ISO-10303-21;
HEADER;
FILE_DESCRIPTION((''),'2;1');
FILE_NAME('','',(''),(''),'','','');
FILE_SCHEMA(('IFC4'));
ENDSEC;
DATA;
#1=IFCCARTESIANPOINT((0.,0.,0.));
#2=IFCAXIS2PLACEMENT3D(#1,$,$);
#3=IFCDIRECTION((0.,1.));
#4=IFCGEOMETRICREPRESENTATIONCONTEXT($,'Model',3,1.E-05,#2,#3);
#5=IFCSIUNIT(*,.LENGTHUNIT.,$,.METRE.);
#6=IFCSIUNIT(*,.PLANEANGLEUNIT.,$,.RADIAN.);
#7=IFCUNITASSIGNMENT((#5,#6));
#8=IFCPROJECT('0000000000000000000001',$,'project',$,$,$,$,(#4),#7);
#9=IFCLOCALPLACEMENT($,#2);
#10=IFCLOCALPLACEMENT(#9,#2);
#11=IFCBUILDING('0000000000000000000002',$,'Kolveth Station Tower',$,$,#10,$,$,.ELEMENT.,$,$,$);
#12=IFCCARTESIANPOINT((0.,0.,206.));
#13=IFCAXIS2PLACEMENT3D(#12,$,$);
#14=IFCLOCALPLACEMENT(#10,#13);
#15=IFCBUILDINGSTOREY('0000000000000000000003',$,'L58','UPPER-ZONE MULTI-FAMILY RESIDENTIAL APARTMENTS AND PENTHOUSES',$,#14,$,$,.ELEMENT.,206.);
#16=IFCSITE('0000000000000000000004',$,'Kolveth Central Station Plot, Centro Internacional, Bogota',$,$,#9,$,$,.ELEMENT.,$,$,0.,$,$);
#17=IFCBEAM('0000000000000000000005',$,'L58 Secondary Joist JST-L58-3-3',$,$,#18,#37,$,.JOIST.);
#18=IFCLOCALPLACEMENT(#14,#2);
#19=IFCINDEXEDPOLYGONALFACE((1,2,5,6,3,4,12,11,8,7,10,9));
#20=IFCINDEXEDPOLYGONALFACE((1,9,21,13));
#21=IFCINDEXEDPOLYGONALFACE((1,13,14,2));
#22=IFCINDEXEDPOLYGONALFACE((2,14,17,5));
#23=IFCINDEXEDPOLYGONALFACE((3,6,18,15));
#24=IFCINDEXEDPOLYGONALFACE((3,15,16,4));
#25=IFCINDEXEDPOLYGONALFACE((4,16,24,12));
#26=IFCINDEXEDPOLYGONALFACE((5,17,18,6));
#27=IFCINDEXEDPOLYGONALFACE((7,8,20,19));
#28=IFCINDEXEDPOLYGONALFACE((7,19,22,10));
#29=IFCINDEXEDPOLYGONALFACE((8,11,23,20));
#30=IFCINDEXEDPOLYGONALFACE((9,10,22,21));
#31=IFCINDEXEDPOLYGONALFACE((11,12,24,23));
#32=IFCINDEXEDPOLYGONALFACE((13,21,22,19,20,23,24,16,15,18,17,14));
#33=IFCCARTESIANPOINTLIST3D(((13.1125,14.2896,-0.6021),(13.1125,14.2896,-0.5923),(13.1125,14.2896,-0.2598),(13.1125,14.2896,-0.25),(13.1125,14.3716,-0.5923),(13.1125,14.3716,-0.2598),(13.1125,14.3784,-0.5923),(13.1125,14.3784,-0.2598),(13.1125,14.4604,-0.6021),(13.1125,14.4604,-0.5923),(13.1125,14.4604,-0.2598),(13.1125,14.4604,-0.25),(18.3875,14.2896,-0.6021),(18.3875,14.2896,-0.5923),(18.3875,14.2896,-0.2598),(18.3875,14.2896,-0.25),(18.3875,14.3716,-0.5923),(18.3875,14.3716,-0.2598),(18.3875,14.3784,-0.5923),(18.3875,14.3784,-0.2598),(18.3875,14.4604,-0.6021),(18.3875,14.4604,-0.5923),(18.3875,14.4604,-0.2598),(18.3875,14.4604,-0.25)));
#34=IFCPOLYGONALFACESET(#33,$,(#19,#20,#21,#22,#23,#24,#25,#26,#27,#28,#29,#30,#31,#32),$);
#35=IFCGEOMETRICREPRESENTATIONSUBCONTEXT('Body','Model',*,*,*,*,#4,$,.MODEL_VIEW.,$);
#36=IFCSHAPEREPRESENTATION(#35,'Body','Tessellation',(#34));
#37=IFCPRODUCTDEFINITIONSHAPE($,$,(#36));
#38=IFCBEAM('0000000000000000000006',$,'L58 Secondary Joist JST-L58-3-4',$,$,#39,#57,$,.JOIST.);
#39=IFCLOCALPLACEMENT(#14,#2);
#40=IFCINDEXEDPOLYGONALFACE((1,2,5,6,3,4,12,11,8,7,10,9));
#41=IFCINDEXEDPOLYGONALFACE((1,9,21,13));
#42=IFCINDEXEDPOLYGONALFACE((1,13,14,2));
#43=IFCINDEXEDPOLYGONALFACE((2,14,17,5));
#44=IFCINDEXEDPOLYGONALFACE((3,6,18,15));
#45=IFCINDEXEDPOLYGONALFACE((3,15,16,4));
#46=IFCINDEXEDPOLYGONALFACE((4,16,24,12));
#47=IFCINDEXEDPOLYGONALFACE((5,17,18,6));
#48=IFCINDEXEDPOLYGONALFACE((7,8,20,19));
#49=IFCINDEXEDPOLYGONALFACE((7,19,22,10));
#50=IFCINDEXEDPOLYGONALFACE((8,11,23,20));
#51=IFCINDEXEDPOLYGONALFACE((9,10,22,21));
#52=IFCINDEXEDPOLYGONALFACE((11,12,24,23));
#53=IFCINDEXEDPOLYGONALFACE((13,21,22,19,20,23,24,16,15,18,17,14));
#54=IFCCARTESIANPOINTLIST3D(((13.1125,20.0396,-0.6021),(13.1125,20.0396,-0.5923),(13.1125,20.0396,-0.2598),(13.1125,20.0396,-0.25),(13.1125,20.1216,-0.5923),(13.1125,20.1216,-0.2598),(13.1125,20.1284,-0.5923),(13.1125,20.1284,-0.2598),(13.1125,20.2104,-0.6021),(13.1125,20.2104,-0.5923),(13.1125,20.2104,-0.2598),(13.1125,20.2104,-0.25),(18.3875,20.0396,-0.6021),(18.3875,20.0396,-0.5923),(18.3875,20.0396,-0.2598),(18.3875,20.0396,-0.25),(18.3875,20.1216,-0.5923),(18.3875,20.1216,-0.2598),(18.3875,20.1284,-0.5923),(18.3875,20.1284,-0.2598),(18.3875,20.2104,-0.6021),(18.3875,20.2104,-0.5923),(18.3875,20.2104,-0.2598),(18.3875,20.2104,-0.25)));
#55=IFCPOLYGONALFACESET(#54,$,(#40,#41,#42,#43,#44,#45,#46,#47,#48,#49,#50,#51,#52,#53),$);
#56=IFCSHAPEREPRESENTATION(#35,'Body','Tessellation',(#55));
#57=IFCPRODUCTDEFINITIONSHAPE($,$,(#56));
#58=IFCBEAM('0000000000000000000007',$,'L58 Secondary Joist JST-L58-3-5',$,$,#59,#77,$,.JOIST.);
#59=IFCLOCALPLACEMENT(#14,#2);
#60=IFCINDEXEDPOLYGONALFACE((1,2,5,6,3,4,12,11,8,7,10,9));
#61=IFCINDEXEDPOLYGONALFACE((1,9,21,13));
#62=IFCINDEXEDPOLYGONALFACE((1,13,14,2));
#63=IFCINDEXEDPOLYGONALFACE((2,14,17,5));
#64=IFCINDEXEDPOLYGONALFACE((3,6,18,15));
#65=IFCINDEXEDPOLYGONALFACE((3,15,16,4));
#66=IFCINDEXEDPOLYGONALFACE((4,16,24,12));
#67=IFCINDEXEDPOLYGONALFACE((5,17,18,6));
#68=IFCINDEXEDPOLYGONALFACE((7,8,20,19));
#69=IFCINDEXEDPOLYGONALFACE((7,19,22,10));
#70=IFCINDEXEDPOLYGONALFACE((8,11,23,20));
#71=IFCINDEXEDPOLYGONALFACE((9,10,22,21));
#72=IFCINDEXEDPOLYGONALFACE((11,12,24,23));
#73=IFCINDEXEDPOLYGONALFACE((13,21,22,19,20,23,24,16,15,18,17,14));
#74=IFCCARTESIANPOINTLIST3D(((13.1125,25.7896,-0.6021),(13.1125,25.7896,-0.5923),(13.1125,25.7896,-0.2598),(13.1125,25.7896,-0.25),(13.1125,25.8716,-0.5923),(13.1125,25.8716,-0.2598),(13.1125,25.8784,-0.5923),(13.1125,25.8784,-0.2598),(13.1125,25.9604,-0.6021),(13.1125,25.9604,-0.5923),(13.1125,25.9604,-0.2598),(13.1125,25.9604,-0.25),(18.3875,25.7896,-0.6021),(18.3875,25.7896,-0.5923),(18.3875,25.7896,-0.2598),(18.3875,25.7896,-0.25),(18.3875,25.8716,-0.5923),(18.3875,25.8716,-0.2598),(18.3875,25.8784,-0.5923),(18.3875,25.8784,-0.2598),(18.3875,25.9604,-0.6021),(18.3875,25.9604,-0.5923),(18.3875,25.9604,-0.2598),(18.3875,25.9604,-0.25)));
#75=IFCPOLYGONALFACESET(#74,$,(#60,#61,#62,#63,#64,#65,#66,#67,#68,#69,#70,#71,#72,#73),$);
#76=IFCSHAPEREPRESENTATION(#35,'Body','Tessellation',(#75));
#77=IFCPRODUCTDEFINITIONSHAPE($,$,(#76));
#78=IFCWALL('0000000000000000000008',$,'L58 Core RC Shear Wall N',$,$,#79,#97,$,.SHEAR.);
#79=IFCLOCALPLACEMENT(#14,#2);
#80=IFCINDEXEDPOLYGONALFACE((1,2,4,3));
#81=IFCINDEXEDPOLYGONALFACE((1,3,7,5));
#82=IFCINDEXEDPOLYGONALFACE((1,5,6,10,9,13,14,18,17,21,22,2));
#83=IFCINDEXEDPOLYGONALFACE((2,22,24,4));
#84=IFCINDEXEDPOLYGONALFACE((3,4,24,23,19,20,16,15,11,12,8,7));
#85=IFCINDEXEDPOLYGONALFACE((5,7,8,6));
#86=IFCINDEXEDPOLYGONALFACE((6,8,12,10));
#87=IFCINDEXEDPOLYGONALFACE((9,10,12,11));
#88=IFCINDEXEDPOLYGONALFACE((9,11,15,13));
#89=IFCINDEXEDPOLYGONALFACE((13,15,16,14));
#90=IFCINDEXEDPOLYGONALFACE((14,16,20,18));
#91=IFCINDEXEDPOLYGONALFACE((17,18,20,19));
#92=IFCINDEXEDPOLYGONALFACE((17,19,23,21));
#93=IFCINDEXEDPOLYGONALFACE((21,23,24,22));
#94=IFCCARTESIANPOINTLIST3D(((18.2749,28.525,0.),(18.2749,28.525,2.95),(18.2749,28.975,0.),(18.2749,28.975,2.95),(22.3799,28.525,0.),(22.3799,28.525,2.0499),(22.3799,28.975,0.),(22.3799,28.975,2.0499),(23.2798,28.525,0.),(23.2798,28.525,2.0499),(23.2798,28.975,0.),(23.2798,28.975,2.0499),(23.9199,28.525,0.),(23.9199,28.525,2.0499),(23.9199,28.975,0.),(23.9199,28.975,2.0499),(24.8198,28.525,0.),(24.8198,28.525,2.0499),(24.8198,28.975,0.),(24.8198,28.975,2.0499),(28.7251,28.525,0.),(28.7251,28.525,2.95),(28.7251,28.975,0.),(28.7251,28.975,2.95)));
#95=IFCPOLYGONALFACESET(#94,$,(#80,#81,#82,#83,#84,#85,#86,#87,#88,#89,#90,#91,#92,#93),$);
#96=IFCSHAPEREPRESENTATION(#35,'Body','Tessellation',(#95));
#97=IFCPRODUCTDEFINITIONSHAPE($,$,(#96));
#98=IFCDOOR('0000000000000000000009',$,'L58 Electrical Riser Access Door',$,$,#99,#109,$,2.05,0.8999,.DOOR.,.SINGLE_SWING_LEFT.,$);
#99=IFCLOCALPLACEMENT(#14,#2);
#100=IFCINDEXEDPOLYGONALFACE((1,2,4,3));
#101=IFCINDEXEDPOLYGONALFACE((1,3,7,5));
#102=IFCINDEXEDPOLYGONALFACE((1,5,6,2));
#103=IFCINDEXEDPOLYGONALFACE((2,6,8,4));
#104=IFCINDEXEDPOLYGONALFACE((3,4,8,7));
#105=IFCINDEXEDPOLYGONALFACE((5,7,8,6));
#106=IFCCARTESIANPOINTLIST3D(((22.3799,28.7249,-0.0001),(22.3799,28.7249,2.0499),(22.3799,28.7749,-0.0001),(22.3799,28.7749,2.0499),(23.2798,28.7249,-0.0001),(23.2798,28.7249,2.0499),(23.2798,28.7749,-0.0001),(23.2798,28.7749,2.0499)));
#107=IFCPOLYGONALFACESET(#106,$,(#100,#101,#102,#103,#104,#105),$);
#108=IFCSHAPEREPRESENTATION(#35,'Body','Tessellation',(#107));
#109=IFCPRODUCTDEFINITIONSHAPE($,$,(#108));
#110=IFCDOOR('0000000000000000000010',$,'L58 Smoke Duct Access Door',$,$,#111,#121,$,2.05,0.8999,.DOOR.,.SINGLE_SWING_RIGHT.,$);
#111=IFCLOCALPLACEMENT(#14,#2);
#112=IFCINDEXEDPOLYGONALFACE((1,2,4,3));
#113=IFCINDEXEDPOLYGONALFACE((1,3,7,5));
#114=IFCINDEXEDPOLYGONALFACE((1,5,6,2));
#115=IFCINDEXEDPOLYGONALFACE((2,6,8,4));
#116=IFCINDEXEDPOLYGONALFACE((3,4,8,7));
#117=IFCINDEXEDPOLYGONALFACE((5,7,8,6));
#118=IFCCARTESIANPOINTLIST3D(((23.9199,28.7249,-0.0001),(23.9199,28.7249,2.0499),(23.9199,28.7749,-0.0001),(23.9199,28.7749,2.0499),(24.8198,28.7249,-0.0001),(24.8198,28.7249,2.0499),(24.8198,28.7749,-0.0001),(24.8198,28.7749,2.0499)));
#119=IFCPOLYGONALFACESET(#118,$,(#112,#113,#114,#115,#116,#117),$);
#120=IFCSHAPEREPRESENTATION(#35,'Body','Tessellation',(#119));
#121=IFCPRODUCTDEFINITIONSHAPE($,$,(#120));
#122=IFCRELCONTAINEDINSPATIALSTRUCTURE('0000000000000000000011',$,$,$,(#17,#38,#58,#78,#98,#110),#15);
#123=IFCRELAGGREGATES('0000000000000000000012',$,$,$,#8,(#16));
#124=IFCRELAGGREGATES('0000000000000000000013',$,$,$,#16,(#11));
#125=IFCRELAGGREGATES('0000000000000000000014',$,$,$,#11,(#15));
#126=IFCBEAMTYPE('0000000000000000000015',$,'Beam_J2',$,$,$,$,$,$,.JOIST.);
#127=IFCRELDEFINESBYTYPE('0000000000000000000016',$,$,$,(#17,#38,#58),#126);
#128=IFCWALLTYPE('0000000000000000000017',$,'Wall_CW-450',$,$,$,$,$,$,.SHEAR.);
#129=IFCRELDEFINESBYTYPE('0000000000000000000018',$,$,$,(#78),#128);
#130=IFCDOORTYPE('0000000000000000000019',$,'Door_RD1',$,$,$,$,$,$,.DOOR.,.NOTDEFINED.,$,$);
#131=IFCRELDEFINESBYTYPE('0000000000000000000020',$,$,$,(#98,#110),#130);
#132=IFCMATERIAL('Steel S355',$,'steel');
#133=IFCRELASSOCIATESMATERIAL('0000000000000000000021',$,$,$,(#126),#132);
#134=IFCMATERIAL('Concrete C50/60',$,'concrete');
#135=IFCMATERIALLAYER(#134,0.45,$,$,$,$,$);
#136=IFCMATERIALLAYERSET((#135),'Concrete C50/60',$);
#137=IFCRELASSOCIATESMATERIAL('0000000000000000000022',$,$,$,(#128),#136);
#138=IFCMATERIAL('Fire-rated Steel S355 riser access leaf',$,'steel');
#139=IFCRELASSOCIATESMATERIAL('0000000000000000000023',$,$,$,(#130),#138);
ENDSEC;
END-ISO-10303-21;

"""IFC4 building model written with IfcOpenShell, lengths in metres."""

from ifc_helpers import new_model, si_unit, direction, frame, frame_2d, origin, origin_2d, place, context, subcontext, project, spatial, rectangle, i_section, extrude, source, transform, mapped, material, layer, layer_set, material_profile, profile_set, type_object, element, fill, save


model = new_model("IFC4")

# Units and contexts
model_context = context("Model", 3, precision=1e-05, world=origin(), true_north=direction((0.0, 1.0)))
body_context = subcontext(model_context, "Body", "Model", "MODEL_VIEW")
ifc_project = project(units=[si_unit("LENGTHUNIT", "METRE"), si_unit("PLANEANGLEUNIT", "RADIAN")], contexts=[model_context])

# Site, building, storey
site_placement = place(None, origin())
site = spatial("IfcSite", under=ifc_project, at=site_placement, Name="Kolveth Central Station Plot, Centro Internacional, Bogota", CompositionType="ELEMENT", RefElevation=0.0)
building_placement = place(site_placement, origin())
building = spatial("IfcBuilding", under=site, at=building_placement, Name="Kolveth Station Tower", CompositionType="ELEMENT")
storey_placement = place(building_placement, frame((0.0, 0.0, 206.0)))
storey = spatial("IfcBuildingStorey", under=building, at=storey_placement, Name="L58", Description="UPPER-ZONE MULTI-FAMILY RESIDENTIAL APARTMENTS AND PENTHOUSES", CompositionType="ELEMENT", Elevation=206.0)

# Shared definitions
ifc_material_1 = material(Name="Steel S355", Category="steel")

# Beams
ifc_material_profile_1 = material_profile(ifc_material_1, i_section(OverallWidth=0.1709, OverallDepth=0.3521, WebThickness=0.0068, FlangeThickness=0.0098, at=origin_2d()), Name="W360x44")
ifc_profile_set_1 = profile_set([ifc_material_profile_1], Name="Steel S355")
beam_type_1 = type_object("IfcBeamType", Name="Beam_J2", PredefinedType="JOIST", material=ifc_profile_set_1)
shared_shape_1 = source(origin(), body_context, "Body", "SweptSolid", [
    extrude(i_section(OverallWidth=0.1709, OverallDepth=0.3521, WebThickness=0.0068, FlangeThickness=0.0098, at=origin_2d()), origin(), (0.0, 0.0, 1.0), 5.2749),
])
for number, where, z_axis, x_axis, name in (
    (1, (13.1125, 14.375, -0.426), (1.0, 0.0, 0.0), (0.0, 1.0, 0.0), "L58 Secondary Joist JST-L58-3-3"),
    (2, (13.1125, 20.125, -0.426), (1.0, 0.0, 0.0), (0.0, 1.0, 0.0), "L58 Secondary Joist JST-L58-3-4"),
    (3, (13.1125, 25.875, -0.426), (1.0, 0.0, 0.0), (0.0, 1.0, 0.0), "L58 Secondary Joist JST-L58-3-5"),
):
    element("IfcBeam", number, at=place(storey_placement, frame(where, z_axis=z_axis, x_axis=x_axis)), inside=storey, type_object=beam_type_1, Name=name, PredefinedType="JOIST", context=body_context, shape_type="MappedRepresentation", body=[
        mapped(shared_shape_1, transform((0.0, 0.0, 0.0), x_axis=(1.0, 0.0, 0.0), y_axis=(0.0, 1.0, 0.0), z_axis=(0.0, 0.0, 1.0), scale=1.0)),
    ])

# Wall, openings, doors
ifc_material_2 = material(Name="Concrete C50/60", Category="concrete")
ifc_layer = layer(ifc_material_2, 0.45)
ifc_layer_set = layer_set([ifc_layer], Name="Concrete C50/60")
wall_type = type_object("IfcWallType", Name="Wall_CW-450", PredefinedType="SHEAR", material=ifc_layer_set)
wall_placement = place(storey_placement, frame((18.2749, 28.75, 0.0), z_axis=(0.0, 0.0, 1.0), x_axis=(1.0, 0.0, 0.0)))
wall = element("IfcWall", 4, at=wall_placement, inside=storey, type_object=wall_type, Name="L58 Core RC Shear Wall N", PredefinedType="SHEAR", context=body_context, shape_type="SweptSolid", body=[
    extrude(rectangle(XDim=10.4502, YDim=0.45, at=frame_2d((5.2251, 0.0))), origin(), (0.0, 0.0, 1.0), 2.95),
])
opening_1_placement = place(wall_placement, frame((4.105, 0.0, 0.0)))
opening_1 = element("IfcOpeningElement", 5, at=opening_1_placement, cuts=wall, PredefinedType="OPENING", context=body_context, shape_type="SweptSolid", body=[
    extrude(rectangle(XDim=0.8999, YDim=2.05, at=frame_2d((0.45, 1.0249))), frame((0.0, 0.2349, 0.0), z_axis=(0.0, -1.0, 0.0), x_axis=(1.0, 0.0, 0.0)), (0.0, 0.0, 1.0), 0.47),
])
opening_2_placement = place(wall_placement, frame((5.645, 0.0, 0.0)))
opening_2 = element("IfcOpeningElement", 6, at=opening_2_placement, cuts=wall, PredefinedType="OPENING", context=body_context, shape_type="SweptSolid", body=[
    extrude(rectangle(XDim=0.8999, YDim=2.05, at=frame_2d((0.45, 1.0249))), frame((0.0, 0.2349, 0.0), z_axis=(0.0, -1.0, 0.0), x_axis=(1.0, 0.0, 0.0)), (0.0, 0.0, 1.0), 0.47),
])
ifc_material_3 = material(Name="Fire-rated Steel S355 riser access leaf", Category="steel")
door_type = type_object("IfcDoorType", Name="Door_RD1", OperationType="NOTDEFINED", PredefinedType="DOOR", material=ifc_material_3)
door_1_placement = place(opening_1_placement, origin())
door_1 = element("IfcDoor", 7, at=door_1_placement, inside=storey, type_object=door_type, Name="L58 Electrical Riser Access Door", OperationType="SINGLE_SWING_LEFT", OverallHeight=2.05, OverallWidth=0.8999, PredefinedType="DOOR", context=body_context, shape_type="SweptSolid", body=[
    extrude(rectangle(XDim=0.8999, YDim=2.05, at=frame_2d((0.45, 1.0249))), frame((0.0, 0.0249, 0.0), z_axis=(0.0, -1.0, 0.0), x_axis=(1.0, 0.0, 0.0)), (0.0, 0.0, 1.0), 0.05),
])
fill(opening_1, door_1)
door_2_placement = place(opening_2_placement, origin())
door_2 = element("IfcDoor", 8, at=door_2_placement, inside=storey, type_object=door_type, Name="L58 Smoke Duct Access Door", OperationType="SINGLE_SWING_RIGHT", OverallHeight=2.05, OverallWidth=0.8999, PredefinedType="DOOR", context=body_context, shape_type="SweptSolid", body=[
    extrude(rectangle(XDim=0.8999, YDim=2.05, at=frame_2d((0.45, 1.0249))), frame((0.0, 0.0249, 0.0), z_axis=(0.0, -1.0, 0.0), x_axis=(1.0, 0.0, 0.0)), (0.0, 0.0, 1.0), 0.05),
])
fill(opening_2, door_2)

save(model, "model.ifc")
